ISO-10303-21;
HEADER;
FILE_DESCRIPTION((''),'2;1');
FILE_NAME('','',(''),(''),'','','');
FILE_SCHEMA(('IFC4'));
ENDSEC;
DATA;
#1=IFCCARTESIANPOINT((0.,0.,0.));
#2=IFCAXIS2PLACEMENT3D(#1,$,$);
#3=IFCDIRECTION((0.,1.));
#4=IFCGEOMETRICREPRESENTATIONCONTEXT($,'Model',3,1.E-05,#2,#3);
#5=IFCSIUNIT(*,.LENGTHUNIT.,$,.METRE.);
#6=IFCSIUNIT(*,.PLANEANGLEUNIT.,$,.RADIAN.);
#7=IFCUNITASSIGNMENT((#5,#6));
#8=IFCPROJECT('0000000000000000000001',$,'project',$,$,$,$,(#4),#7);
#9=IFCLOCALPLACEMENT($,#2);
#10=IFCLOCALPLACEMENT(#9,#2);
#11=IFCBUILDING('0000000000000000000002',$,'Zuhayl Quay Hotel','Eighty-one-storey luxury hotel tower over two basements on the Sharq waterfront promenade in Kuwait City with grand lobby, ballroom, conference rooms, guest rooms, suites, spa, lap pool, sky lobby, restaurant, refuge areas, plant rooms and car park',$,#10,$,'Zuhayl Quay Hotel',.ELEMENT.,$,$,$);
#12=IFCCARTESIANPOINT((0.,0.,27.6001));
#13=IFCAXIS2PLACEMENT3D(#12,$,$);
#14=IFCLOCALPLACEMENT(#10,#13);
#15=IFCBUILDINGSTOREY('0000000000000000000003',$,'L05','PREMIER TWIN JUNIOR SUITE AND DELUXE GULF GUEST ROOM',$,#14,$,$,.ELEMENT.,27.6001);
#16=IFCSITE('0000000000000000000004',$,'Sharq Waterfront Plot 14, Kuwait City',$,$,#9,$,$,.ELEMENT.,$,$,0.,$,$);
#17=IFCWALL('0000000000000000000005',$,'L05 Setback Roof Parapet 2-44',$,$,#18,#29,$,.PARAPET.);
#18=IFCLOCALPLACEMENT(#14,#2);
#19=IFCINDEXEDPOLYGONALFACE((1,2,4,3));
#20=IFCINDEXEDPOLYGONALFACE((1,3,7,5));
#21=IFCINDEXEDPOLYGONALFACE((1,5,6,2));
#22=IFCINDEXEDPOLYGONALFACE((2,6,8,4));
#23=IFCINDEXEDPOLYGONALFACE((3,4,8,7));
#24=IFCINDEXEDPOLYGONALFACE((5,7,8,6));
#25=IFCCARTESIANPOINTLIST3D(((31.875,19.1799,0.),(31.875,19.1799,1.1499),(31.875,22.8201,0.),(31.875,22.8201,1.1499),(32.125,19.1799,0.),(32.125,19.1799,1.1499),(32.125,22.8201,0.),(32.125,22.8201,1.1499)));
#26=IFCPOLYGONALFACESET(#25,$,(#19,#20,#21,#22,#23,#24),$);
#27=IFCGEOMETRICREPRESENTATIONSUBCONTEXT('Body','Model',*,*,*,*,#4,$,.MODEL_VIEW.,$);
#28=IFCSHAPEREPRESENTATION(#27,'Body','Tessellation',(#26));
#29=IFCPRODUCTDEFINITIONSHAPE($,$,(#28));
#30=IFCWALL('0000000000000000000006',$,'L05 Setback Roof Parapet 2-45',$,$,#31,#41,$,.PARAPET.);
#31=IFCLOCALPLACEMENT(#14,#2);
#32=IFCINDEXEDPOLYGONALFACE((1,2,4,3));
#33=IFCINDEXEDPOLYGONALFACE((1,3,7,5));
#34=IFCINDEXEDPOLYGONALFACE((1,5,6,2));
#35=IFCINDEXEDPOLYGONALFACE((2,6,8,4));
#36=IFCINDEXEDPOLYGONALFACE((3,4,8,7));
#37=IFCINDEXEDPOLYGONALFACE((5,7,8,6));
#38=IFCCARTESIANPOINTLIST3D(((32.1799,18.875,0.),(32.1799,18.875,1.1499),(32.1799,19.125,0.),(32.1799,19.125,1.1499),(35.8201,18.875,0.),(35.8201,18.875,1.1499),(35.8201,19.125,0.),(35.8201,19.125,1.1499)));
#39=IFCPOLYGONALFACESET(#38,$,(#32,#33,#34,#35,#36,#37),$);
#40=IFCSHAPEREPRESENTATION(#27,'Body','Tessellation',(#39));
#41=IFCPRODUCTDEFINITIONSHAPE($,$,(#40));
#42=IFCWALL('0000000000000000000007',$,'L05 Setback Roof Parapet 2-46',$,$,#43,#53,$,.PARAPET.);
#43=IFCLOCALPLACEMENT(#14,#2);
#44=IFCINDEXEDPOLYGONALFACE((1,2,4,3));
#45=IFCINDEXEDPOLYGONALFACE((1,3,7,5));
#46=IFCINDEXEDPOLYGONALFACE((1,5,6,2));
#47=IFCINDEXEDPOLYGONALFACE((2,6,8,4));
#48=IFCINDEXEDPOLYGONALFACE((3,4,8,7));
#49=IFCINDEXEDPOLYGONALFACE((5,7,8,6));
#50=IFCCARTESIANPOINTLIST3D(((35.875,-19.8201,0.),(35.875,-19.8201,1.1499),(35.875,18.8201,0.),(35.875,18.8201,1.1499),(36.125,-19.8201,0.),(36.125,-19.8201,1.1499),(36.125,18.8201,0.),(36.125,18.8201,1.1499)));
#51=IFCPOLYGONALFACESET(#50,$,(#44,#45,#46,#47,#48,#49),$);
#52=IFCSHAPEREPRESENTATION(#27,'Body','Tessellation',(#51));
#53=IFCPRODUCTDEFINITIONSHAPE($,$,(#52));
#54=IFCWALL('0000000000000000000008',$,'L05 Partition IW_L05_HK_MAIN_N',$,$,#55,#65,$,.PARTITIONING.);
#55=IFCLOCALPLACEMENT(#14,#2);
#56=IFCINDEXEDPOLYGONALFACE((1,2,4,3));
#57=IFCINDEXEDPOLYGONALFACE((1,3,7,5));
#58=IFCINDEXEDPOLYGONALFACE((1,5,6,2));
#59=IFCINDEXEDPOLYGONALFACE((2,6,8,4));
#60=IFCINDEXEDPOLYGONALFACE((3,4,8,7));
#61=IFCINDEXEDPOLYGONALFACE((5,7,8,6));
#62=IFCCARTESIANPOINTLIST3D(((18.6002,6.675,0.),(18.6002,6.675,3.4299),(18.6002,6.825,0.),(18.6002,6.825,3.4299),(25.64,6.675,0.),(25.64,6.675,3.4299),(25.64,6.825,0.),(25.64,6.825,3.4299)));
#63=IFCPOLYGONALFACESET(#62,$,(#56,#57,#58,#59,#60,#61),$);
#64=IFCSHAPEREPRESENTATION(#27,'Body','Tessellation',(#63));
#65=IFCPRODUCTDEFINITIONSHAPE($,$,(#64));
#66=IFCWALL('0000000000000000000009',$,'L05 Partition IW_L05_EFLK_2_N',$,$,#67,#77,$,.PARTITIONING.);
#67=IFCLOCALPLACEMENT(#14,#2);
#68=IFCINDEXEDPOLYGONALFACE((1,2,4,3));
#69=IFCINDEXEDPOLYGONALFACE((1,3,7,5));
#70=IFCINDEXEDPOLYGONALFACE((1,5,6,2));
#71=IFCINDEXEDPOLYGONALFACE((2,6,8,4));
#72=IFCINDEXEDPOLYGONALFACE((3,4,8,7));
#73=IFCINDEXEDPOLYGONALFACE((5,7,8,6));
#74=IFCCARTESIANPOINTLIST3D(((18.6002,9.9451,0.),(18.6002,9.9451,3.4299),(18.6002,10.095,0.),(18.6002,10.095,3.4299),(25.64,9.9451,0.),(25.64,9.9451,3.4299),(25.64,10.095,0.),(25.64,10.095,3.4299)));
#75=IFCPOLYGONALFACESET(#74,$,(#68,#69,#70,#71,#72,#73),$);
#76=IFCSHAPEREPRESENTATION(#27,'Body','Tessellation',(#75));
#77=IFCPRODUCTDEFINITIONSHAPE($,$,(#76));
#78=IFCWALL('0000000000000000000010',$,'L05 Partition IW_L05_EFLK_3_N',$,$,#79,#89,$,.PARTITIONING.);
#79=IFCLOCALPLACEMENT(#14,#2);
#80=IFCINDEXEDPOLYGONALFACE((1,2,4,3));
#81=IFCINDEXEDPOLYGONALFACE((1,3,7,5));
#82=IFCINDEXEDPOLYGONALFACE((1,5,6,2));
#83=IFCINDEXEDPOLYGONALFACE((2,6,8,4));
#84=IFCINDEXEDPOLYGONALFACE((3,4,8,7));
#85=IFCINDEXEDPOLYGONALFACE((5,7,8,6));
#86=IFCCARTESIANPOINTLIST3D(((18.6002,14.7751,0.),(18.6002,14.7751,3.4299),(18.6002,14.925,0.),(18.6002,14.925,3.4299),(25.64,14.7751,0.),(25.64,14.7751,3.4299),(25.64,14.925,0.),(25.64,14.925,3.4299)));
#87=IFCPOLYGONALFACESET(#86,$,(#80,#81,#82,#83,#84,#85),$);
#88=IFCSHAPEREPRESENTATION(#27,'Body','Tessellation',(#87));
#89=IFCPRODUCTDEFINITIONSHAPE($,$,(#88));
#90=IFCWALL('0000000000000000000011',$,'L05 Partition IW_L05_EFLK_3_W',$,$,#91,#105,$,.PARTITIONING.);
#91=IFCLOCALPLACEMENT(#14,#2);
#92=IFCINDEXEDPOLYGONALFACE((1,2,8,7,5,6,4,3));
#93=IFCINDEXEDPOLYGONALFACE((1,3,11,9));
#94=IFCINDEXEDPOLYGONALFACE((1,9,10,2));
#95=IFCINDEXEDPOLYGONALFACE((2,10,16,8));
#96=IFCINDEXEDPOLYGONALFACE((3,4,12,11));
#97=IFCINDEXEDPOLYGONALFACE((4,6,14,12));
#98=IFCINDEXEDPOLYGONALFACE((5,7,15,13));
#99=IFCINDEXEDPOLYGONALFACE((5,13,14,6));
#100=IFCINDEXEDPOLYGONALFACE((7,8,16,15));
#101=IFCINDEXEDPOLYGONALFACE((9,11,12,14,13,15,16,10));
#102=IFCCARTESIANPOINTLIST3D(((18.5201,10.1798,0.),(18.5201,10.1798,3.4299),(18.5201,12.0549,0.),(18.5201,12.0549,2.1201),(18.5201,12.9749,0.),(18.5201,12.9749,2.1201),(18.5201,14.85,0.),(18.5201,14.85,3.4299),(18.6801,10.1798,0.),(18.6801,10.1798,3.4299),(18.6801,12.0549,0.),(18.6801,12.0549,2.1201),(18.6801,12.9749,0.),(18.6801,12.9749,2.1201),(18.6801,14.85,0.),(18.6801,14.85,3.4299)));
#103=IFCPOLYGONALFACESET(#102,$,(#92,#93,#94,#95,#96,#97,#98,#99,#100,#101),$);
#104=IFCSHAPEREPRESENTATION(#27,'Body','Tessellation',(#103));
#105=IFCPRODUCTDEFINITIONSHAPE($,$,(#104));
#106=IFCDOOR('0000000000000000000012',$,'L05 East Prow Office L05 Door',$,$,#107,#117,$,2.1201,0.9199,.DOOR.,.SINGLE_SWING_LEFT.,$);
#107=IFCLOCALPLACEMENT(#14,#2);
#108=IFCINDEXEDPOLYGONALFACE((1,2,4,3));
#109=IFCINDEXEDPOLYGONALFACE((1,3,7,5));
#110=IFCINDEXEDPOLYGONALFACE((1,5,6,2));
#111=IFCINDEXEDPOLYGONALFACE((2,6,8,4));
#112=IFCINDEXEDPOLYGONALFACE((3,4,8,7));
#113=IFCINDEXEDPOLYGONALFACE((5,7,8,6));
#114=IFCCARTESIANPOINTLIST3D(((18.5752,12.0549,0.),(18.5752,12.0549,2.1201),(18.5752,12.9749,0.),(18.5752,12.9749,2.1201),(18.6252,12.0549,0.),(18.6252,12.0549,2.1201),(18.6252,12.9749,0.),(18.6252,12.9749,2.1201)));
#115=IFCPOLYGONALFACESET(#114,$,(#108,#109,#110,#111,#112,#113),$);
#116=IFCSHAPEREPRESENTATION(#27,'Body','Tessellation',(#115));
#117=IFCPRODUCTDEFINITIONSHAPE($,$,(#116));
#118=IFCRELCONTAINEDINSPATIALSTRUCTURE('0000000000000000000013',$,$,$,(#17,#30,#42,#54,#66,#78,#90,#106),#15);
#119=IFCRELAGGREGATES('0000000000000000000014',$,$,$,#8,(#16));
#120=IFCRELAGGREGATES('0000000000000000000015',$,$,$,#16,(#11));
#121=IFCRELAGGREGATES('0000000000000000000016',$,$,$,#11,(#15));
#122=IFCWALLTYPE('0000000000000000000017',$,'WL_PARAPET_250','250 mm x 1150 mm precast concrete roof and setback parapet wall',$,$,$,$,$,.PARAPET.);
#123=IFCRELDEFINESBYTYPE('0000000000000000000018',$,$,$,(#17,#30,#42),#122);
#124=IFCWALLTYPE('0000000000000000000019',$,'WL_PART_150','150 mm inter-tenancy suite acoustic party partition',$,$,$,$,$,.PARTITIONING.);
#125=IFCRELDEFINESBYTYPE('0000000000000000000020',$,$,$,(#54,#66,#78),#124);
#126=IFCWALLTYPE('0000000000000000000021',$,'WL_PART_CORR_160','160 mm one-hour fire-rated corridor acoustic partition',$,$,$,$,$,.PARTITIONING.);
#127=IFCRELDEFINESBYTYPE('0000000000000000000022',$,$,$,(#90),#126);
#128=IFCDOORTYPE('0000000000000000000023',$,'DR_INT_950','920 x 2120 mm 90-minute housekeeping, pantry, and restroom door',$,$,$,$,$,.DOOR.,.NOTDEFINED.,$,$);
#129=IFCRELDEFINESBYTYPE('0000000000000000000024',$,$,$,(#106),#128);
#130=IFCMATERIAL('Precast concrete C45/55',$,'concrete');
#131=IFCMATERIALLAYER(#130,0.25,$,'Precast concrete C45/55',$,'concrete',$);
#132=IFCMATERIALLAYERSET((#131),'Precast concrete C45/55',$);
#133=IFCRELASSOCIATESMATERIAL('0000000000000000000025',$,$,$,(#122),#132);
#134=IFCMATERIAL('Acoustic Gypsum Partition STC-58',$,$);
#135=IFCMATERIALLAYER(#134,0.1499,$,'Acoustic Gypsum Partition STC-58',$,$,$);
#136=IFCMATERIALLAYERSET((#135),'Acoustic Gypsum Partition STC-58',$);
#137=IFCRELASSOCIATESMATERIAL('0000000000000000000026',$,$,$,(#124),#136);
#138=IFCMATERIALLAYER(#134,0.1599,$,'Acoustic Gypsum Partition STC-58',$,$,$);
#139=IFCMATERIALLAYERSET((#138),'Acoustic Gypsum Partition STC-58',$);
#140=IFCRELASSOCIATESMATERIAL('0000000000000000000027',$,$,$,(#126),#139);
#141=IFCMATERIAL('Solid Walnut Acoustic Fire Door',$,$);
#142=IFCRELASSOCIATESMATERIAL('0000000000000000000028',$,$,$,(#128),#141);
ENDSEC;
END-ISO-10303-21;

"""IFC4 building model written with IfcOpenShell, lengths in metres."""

from ifc_helpers import new_model, si_unit, direction, frame, frame_2d, origin, place, context, subcontext, project, spatial, rectangle, extrude, material, layer, layer_set, type_object, element, fill, save


model = new_model("IFC4")

# Units and contexts
model_context = context("Model", 3, precision=1e-05, world=origin(), true_north=direction((0.0, 1.0)))
body_context = subcontext(model_context, "Body", "Model", "MODEL_VIEW")
ifc_project = project(units=[si_unit("LENGTHUNIT", "METRE"), si_unit("PLANEANGLEUNIT", "RADIAN")], contexts=[model_context])

# Site, building, storey
site_placement = place(None, origin())
site = spatial("IfcSite", under=ifc_project, at=site_placement, Name="Sharq Waterfront Plot 14, Kuwait City", CompositionType="ELEMENT", RefElevation=0.0)
building_placement = place(site_placement, origin())
building = spatial("IfcBuilding", under=site, at=building_placement, Name="Zuhayl Quay Hotel", Description="Eighty-one-storey luxury hotel tower over two basements on the Sharq waterfront promenade in Kuwait City with grand lobby, ballroom, conference rooms, guest rooms, suites, spa, lap pool, sky lobby, restaurant, refuge areas, plant rooms and car park", LongName="Zuhayl Quay Hotel", CompositionType="ELEMENT")
storey_placement = place(building_placement, frame((0.0, 0.0, 27.6001)))
storey = spatial("IfcBuildingStorey", under=building, at=storey_placement, Name="L05", Description="PREMIER TWIN JUNIOR SUITE AND DELUXE GULF GUEST ROOM", CompositionType="ELEMENT", Elevation=27.6001)

# Shared definitions
ifc_material_1 = material(Name="Precast concrete C45/55", Category="concrete")

# Walls
ifc_layer_1 = layer(ifc_material_1, 0.25, Name="Precast concrete C45/55", Category="concrete")
ifc_layer_set_1 = layer_set([ifc_layer_1], Name="Precast concrete C45/55")
wall_type_1 = type_object("IfcWallType", Name="WL_PARAPET_250", Description="250 mm x 1150 mm precast concrete roof and setback parapet wall", PredefinedType="PARAPET", material=ifc_layer_set_1)
for number, where, z_axis, x_axis, name in (
    (1, (32.0, 22.8201, 0.0), (0.0, 0.0, 1.0), (0.0, -1.0, 0.0), "L05 Setback Roof Parapet 2-44"),
    (2, (32.1799, 19.0, 0.0), (0.0, 0.0, 1.0), (1.0, 0.0, 0.0), "L05 Setback Roof Parapet 2-45"),
):
    element("IfcWall", number, at=place(storey_placement, frame(where, z_axis=z_axis, x_axis=x_axis)), inside=storey, type_object=wall_type_1, Name=name, PredefinedType="PARAPET", context=body_context, shape_type="SweptSolid", body=[
        extrude(rectangle(XDim=3.6401, YDim=0.25, at=frame_2d((1.8201, 0.0))), origin(), (0.0, 0.0, 1.0), 1.1499),
    ])
wall_1_placement = place(storey_placement, frame((36.0, 18.8201, 0.0), z_axis=(0.0, 0.0, 1.0), x_axis=(0.0, -1.0, 0.0)))
element("IfcWall", 3, at=wall_1_placement, inside=storey, type_object=wall_type_1, Name="L05 Setback Roof Parapet 2-46", PredefinedType="PARAPET", context=body_context, shape_type="SweptSolid", body=[
    extrude(rectangle(XDim=38.6401, YDim=0.25, at=frame_2d((19.3201, 0.0))), origin(), (0.0, 0.0, 1.0), 1.1499),
])
ifc_material_2 = material(Name="Acoustic Gypsum Partition STC-58")
ifc_layer_2 = layer(ifc_material_2, 0.1499, Name="Acoustic Gypsum Partition STC-58")
ifc_layer_set_2 = layer_set([ifc_layer_2], Name="Acoustic Gypsum Partition STC-58")
wall_type_2 = type_object("IfcWallType", Name="WL_PART_150", Description="150 mm inter-tenancy suite acoustic party partition", PredefinedType="PARTITIONING", material=ifc_layer_set_2)
for number, where, z_axis, x_axis, name in (
    (4, (18.6001, 6.75, 0.0), (0.0, 0.0, 1.0), (1.0, 0.0, 0.0), "L05 Partition IW_L05_HK_MAIN_N"),
    (5, (18.6001, 10.02, 0.0), (0.0, 0.0, 1.0), (1.0, 0.0, 0.0), "L05 Partition IW_L05_EFLK_2_N"),
    (6, (18.6001, 14.8501, 0.0), (0.0, 0.0, 1.0), (1.0, 0.0, 0.0), "L05 Partition IW_L05_EFLK_3_N"),
):
    element("IfcWall", number, at=place(storey_placement, frame(where, z_axis=z_axis, x_axis=x_axis)), inside=storey, type_object=wall_type_2, Name=name, PredefinedType="PARTITIONING", context=body_context, shape_type="SweptSolid", body=[
        extrude(rectangle(XDim=7.0398, YDim=0.1499, at=frame_2d((3.52, 0.0))), origin(), (0.0, 0.0, 1.0), 3.4299),
    ])

# Wall, opening, door
ifc_layer_3 = layer(ifc_material_2, 0.1599, Name="Acoustic Gypsum Partition STC-58")
ifc_layer_set_3 = layer_set([ifc_layer_3], Name="Acoustic Gypsum Partition STC-58")
wall_type_3 = type_object("IfcWallType", Name="WL_PART_CORR_160", Description="160 mm one-hour fire-rated corridor acoustic partition", PredefinedType="PARTITIONING", material=ifc_layer_set_3)
ifc_material_3 = material(Name="Solid Walnut Acoustic Fire Door")
door_type = type_object("IfcDoorType", Name="DR_INT_950", Description="920 x 2120 mm 90-minute housekeeping, pantry, and restroom door", OperationType="NOTDEFINED", PredefinedType="DOOR", material=ifc_material_3)
wall_2_placement = place(storey_placement, frame((18.6001, 10.1799, 0.0), z_axis=(0.0, 0.0, 1.0), x_axis=(0.0, 1.0, 0.0)))
wall_2 = element("IfcWall", 7, at=wall_2_placement, inside=storey, type_object=wall_type_3, Name="L05 Partition IW_L05_EFLK_3_W", PredefinedType="PARTITIONING", context=body_context, shape_type="SweptSolid", body=[
    extrude(rectangle(XDim=4.6702, YDim=0.1599, at=frame_2d((2.335, 0.0))), origin(), (0.0, 0.0, 1.0), 3.4299),
])
opening_1_placement = place(wall_2_placement, frame((1.875, 0.0, 0.0)))
opening_1 = element("IfcOpeningElement", 8, at=opening_1_placement, cuts=wall_2, PredefinedType="OPENING", context=body_context, shape_type="SweptSolid", body=[
    extrude(rectangle(XDim=0.9199, YDim=2.1201, at=frame_2d((0.46, 1.0601))), frame((0.0, 0.0898, 0.0), z_axis=(0.0, -1.0, 0.0), x_axis=(1.0, 0.0, 0.0)), (0.0, 0.0, 1.0), 0.1799),
])
door_1_placement = place(opening_1_placement, origin())
door_1 = element("IfcDoor", 9, at=door_1_placement, inside=storey, type_object=door_type, Name="L05 East Prow Office L05 Door", OperationType="SINGLE_SWING_LEFT", OverallHeight=2.1201, OverallWidth=0.9199, PredefinedType="DOOR", context=body_context, shape_type="SweptSolid", body=[
    extrude(rectangle(XDim=0.9199, YDim=2.1201, at=frame_2d((0.46, 1.0601))), frame((0.0, 0.0249, 0.0), z_axis=(0.0, -1.0, 0.0), x_axis=(1.0, 0.0, 0.0)), (0.0, 0.0, 1.0), 0.05),
])
fill(opening_1, door_1)

save(model, "model.ifc")
